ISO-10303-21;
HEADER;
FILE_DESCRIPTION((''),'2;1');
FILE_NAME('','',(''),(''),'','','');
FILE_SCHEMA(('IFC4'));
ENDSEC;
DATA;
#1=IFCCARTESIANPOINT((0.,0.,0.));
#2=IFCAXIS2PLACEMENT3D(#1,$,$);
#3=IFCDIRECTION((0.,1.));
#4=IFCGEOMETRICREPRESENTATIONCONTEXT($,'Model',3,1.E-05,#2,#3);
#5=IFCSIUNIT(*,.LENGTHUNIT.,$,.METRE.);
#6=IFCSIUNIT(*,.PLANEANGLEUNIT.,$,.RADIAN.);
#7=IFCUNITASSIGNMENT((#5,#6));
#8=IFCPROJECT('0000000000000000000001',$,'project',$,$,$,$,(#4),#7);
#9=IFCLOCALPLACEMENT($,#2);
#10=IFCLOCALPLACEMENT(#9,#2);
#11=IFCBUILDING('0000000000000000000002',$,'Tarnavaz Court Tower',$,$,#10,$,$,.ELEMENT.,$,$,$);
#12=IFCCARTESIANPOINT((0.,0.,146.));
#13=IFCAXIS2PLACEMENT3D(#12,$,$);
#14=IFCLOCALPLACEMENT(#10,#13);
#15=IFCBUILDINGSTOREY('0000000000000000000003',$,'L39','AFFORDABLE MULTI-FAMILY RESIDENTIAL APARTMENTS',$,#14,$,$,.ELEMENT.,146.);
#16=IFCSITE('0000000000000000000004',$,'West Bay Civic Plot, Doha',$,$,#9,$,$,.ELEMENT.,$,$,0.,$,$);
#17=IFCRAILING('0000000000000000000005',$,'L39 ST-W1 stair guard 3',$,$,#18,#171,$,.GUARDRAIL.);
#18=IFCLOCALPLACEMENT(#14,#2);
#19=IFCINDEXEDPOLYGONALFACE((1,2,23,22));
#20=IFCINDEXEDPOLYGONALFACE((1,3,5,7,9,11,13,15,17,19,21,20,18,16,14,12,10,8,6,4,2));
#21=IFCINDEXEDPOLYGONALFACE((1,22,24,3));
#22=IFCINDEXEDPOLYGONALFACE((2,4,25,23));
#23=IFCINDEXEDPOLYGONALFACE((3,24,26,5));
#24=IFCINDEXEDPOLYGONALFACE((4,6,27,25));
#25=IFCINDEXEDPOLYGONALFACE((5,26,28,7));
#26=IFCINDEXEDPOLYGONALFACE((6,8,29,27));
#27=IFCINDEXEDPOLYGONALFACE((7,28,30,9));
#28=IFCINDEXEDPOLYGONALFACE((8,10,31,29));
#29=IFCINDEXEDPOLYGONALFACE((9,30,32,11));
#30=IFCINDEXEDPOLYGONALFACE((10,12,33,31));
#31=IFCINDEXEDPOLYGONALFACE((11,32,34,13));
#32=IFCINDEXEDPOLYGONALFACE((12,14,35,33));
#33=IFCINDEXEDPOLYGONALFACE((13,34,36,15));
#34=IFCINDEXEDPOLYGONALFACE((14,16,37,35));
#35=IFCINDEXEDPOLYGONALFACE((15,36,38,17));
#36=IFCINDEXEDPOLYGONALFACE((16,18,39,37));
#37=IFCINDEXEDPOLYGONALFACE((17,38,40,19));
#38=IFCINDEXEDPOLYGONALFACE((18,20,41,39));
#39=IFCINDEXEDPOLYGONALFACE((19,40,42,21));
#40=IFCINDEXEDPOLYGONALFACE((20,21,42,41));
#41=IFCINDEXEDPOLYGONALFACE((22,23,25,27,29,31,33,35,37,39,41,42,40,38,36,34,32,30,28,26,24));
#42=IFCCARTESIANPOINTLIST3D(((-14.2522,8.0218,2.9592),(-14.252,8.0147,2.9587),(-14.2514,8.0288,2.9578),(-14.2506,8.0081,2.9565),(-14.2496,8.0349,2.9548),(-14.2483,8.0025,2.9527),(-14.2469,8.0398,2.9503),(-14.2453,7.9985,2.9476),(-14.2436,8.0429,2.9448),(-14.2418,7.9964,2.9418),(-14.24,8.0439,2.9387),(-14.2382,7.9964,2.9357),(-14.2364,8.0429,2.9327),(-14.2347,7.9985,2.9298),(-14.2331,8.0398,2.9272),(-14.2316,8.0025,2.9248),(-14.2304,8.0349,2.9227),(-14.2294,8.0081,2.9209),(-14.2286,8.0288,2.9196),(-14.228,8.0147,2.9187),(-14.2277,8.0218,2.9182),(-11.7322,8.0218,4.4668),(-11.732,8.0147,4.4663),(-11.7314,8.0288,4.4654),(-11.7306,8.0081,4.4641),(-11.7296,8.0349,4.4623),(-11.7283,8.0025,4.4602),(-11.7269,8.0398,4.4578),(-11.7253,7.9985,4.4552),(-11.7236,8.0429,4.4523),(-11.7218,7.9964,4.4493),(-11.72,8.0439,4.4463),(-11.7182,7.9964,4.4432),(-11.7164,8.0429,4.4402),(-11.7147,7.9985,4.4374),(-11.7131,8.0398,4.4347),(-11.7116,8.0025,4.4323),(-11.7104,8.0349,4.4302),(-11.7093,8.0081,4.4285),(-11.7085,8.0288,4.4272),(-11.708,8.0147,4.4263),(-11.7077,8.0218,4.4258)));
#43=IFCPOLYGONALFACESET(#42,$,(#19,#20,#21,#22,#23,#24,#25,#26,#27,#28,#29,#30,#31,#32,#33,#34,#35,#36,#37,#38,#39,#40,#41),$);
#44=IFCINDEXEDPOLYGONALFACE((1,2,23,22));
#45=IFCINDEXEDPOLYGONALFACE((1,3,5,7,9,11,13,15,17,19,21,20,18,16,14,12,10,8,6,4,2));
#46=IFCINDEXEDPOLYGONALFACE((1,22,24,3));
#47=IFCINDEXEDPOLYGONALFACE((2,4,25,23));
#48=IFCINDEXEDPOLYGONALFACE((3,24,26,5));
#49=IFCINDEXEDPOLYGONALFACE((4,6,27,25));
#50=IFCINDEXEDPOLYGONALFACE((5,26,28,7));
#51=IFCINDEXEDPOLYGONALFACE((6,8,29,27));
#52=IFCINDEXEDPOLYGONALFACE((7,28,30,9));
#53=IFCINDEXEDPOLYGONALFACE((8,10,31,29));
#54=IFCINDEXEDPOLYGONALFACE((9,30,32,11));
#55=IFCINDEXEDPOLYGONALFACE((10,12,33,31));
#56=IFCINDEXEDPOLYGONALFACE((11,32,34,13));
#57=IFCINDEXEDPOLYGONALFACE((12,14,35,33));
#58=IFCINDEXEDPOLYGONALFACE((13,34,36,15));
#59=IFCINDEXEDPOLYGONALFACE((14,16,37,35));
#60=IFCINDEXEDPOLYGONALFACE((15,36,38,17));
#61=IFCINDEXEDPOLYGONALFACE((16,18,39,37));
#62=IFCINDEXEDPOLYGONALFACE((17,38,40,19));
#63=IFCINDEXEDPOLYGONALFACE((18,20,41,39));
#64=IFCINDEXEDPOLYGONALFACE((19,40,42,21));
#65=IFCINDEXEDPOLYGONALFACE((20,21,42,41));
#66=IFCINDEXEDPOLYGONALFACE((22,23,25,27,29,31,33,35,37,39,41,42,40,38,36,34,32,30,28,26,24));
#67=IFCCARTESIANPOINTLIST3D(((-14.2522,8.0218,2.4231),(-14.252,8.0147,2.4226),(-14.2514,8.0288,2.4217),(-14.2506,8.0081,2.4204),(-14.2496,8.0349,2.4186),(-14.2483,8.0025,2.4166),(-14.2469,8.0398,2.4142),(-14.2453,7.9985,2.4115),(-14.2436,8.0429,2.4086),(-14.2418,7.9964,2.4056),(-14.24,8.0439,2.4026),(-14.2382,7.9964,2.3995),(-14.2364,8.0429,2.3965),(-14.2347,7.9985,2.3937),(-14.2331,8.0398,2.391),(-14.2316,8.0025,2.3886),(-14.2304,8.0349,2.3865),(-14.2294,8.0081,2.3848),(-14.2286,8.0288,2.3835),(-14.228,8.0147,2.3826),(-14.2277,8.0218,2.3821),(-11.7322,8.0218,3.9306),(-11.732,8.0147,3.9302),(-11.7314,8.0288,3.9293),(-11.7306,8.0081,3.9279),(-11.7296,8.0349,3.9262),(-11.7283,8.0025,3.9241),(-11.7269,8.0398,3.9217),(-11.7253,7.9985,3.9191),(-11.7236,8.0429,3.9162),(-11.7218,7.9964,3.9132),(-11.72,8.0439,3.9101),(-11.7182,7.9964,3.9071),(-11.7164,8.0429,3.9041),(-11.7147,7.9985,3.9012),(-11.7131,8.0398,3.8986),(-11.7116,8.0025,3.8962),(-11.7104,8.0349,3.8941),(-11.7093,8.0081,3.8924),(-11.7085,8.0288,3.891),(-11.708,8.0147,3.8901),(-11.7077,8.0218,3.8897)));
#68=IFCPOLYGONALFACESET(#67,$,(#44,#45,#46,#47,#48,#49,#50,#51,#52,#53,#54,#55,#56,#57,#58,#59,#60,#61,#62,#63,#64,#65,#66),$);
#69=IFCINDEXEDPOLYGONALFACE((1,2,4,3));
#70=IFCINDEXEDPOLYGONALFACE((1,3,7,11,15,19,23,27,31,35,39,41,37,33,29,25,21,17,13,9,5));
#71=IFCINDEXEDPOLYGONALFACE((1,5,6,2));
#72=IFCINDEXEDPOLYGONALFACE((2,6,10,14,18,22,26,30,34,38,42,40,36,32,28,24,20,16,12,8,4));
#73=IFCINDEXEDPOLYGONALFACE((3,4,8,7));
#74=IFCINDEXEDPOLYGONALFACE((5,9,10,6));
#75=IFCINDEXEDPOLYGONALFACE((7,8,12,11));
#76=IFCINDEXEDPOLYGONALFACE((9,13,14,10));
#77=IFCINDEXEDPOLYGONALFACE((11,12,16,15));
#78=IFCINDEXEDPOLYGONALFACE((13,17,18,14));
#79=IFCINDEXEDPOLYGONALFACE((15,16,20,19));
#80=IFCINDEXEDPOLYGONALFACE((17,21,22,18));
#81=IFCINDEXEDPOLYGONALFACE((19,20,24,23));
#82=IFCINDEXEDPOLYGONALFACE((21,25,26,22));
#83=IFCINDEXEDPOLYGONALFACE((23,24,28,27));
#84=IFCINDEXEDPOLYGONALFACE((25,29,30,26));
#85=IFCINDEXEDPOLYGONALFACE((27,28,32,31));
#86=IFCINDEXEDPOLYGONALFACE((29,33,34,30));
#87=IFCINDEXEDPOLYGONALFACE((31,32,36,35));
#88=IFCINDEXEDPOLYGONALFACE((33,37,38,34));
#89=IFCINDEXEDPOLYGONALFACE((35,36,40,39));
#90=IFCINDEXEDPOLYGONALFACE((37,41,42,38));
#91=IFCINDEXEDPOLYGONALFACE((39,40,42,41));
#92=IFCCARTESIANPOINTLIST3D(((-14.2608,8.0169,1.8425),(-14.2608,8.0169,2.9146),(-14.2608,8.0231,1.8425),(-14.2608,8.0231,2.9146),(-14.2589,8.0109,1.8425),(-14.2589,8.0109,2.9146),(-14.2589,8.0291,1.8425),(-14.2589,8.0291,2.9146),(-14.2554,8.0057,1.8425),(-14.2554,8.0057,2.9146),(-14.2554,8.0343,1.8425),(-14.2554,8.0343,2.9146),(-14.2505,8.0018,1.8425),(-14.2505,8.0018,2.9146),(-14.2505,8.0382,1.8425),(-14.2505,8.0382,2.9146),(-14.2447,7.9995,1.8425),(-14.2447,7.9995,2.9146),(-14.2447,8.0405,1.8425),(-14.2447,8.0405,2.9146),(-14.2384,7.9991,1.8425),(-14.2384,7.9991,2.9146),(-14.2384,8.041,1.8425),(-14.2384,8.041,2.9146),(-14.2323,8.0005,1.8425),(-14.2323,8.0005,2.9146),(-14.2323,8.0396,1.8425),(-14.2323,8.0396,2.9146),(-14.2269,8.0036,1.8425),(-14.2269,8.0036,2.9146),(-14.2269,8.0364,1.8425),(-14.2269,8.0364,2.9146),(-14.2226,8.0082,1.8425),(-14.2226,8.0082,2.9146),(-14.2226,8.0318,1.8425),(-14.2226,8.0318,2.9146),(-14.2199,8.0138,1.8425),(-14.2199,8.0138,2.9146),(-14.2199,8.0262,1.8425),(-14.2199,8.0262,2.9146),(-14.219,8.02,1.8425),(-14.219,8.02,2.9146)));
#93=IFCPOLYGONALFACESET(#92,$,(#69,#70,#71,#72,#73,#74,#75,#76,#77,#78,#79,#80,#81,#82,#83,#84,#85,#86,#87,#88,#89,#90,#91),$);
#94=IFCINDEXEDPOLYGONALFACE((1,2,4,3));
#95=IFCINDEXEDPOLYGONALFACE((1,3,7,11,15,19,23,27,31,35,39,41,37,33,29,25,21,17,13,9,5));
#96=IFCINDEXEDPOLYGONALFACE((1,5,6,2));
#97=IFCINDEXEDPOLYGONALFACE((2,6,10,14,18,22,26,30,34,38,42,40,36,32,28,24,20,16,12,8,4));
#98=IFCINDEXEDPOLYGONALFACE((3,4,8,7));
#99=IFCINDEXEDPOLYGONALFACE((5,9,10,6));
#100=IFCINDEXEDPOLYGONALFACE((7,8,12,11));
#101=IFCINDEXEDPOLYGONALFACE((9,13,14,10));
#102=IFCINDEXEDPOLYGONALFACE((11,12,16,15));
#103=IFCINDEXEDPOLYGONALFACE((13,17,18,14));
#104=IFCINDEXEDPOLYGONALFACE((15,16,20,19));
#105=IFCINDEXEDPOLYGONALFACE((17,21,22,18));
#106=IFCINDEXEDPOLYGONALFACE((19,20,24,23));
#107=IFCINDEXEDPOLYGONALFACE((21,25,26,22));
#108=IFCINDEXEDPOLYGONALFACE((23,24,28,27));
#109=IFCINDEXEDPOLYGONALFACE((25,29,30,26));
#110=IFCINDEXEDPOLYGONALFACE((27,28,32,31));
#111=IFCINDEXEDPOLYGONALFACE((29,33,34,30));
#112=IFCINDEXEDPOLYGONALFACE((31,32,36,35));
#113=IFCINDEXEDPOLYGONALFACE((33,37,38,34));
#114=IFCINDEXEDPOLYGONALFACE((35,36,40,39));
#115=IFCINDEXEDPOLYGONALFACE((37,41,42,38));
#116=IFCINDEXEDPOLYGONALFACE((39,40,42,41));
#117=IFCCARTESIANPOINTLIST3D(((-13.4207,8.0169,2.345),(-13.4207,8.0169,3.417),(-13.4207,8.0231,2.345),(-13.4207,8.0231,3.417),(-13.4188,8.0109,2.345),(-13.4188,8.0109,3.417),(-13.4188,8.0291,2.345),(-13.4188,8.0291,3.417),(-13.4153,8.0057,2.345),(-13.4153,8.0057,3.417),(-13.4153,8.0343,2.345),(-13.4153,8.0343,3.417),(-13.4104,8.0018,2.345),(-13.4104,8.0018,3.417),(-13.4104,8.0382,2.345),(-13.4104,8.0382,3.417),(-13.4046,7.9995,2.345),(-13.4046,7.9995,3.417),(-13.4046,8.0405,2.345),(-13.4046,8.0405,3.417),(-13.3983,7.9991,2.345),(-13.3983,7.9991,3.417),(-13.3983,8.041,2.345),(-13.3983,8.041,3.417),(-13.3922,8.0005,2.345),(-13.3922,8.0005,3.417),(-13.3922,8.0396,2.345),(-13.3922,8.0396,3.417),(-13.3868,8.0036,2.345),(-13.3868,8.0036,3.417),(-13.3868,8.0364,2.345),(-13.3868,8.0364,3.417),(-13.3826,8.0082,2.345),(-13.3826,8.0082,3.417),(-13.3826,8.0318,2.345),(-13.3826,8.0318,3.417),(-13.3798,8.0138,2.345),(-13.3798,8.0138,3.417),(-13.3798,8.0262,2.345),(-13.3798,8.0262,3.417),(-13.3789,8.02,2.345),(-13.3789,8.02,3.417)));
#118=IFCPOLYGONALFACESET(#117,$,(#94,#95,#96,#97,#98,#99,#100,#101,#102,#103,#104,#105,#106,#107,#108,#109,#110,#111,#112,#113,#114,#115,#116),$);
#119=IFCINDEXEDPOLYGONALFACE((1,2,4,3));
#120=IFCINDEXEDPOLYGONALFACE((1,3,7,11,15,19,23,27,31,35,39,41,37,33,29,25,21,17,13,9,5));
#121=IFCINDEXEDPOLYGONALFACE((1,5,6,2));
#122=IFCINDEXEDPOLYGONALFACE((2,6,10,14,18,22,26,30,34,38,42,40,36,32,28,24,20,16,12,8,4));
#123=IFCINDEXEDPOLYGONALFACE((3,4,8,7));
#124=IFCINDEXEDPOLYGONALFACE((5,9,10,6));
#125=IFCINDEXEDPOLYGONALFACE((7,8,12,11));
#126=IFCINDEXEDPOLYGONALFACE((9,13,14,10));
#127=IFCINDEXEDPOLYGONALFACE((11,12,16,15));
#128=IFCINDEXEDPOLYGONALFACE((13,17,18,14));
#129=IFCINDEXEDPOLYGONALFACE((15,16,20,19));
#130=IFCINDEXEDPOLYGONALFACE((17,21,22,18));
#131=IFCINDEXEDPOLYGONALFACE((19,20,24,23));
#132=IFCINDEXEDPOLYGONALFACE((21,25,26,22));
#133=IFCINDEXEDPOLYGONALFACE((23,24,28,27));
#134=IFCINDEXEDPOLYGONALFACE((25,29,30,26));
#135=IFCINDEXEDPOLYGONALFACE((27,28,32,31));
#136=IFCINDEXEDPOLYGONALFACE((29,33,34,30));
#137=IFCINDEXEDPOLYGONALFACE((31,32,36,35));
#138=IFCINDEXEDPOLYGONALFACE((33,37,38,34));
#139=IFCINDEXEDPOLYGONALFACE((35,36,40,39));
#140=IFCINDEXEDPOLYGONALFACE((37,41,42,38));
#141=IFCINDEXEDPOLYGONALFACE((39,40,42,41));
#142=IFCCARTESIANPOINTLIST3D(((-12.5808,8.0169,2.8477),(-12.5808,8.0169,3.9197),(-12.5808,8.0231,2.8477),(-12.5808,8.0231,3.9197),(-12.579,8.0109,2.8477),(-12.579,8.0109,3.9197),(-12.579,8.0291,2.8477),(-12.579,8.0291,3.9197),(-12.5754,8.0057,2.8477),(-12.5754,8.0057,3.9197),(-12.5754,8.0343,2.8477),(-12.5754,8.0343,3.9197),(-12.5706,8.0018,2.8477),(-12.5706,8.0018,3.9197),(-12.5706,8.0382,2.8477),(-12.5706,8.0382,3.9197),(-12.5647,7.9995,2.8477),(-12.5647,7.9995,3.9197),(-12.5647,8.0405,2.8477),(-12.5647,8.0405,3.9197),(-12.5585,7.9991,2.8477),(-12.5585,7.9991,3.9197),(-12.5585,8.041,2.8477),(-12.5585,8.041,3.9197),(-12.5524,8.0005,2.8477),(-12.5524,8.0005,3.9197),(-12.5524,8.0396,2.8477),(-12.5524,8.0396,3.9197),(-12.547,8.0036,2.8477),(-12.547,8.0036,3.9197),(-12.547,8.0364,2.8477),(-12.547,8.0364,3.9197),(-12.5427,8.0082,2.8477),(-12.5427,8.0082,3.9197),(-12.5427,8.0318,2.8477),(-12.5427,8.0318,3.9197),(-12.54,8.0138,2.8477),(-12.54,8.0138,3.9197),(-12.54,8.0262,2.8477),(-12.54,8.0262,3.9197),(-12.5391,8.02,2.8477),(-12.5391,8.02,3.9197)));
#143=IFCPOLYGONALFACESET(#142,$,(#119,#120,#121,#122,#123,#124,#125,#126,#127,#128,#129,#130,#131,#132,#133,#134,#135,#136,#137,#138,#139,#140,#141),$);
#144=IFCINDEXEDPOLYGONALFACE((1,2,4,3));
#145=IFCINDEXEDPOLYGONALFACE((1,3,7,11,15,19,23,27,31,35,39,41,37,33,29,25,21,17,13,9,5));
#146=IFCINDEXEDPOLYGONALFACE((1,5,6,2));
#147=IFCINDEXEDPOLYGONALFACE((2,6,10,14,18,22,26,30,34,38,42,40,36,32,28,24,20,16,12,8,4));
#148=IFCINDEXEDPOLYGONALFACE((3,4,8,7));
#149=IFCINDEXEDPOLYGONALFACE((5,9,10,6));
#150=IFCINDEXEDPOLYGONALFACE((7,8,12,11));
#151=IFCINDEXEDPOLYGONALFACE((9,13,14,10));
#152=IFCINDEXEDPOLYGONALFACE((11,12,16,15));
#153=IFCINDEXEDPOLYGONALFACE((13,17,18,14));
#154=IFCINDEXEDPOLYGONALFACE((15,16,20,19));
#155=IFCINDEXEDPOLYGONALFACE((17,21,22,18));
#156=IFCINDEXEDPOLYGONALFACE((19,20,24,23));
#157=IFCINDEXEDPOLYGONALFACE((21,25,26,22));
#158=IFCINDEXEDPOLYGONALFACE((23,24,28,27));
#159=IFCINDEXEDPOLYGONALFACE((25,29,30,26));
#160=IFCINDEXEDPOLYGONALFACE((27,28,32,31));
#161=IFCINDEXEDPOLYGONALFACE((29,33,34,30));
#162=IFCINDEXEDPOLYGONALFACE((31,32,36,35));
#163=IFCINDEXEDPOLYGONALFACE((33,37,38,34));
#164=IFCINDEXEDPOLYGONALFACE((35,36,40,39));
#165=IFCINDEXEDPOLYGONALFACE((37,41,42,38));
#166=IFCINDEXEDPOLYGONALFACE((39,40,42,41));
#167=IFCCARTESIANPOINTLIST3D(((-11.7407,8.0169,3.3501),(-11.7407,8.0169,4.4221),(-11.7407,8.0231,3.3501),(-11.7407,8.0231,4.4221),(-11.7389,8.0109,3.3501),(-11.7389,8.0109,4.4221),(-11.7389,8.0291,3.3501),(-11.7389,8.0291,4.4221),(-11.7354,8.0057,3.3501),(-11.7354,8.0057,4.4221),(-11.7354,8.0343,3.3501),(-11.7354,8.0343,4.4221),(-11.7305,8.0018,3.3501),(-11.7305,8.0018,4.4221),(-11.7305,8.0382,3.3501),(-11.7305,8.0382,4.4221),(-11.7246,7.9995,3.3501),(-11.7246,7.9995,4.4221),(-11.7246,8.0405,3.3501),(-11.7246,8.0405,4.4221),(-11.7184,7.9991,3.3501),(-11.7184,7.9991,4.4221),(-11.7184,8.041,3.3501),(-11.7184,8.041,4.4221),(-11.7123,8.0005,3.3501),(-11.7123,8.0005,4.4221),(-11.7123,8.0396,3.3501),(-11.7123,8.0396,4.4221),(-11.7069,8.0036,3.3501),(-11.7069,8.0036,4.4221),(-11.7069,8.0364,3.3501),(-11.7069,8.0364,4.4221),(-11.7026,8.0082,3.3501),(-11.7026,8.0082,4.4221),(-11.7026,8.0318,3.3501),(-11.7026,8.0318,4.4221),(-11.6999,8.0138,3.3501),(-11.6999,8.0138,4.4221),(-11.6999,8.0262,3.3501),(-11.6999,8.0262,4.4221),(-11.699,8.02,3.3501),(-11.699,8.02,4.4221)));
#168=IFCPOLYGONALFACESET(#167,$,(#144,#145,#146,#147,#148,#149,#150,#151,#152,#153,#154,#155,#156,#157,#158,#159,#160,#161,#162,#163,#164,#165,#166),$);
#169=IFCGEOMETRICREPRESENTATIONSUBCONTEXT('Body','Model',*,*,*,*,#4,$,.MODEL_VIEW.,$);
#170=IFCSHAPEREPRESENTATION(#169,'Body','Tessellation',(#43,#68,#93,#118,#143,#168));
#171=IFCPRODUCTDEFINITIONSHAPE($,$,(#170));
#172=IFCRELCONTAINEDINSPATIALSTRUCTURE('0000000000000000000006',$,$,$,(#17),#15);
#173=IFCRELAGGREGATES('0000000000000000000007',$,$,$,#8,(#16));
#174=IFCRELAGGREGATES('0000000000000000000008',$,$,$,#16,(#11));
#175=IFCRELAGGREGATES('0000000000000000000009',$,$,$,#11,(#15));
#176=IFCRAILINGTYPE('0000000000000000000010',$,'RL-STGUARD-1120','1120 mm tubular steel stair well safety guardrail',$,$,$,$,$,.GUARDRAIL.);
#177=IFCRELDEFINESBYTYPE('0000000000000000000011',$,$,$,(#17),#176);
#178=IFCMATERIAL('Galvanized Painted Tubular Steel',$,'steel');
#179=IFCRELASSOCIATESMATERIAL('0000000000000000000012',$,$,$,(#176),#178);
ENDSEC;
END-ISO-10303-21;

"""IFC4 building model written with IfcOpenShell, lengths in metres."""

from ifc_helpers import new_model, si_unit, direction, frame, origin, origin_2d, place, context, subcontext, project, spatial, circle, extrude, material, type_object, element, save


model = new_model("IFC4")

# Units and contexts
model_context = context("Model", 3, precision=1e-05, world=origin(), true_north=direction((0.0, 1.0)))
body_context = subcontext(model_context, "Body", "Model", "MODEL_VIEW")
ifc_project = project(units=[si_unit("LENGTHUNIT", "METRE"), si_unit("PLANEANGLEUNIT", "RADIAN")], contexts=[model_context])

# Site, building, storey
site_placement = place(None, origin())
site = spatial("IfcSite", under=ifc_project, at=site_placement, Name="West Bay Civic Plot, Doha", CompositionType="ELEMENT", RefElevation=0.0)
building_placement = place(site_placement, origin())
building = spatial("IfcBuilding", under=site, at=building_placement, Name="Tarnavaz Court Tower", CompositionType="ELEMENT")
storey_placement = place(building_placement, frame((0.0, 0.0, 146.0)))
storey = spatial("IfcBuildingStorey", under=building, at=storey_placement, Name="L39", Description="AFFORDABLE MULTI-FAMILY RESIDENTIAL APARTMENTS", CompositionType="ELEMENT", Elevation=146.0)

# Railing
ifc_material_1 = material(Name="Galvanized Painted Tubular Steel", Category="steel")
railing_type_1 = type_object("IfcRailingType", Name="RL-STGUARD-1120", Description="1120 mm tubular steel stair well safety guardrail", PredefinedType="GUARDRAIL", material=ifc_material_1)
railing_1_placement = place(storey_placement, frame((-14.24, 8.02, 1.8425)))
element("IfcRailing", 1, at=railing_1_placement, inside=storey, type_object=railing_type_1, Name="L39 ST-W1 stair guard 3", PredefinedType="GUARDRAIL", context=body_context, shape_type="SweptSolid", body=[
    extrude(circle(Radius=0.0239, at=origin_2d()), frame((0.0, 0.0, 1.0962), z_axis=(0.85816, 0.0, 0.513383), x_axis=(0.0, 1.0, 0.0)), (0.0, 0.0, 1.0), 2.9365),
    extrude(circle(Radius=0.0239, at=origin_2d()), frame((0.0, 0.0, 0.5601), z_axis=(0.85816, 0.0, 0.513383), x_axis=(0.0, 1.0, 0.0)), (0.0, 0.0, 1.0), 2.9365),
    extrude(circle(Radius=0.021, at=origin_2d()), origin(), (0.0, 0.0, 1.0), 1.072),
    extrude(circle(Radius=0.021, at=origin_2d()), frame((0.8401, 0.0, 0.5024)), (0.0, 0.0, 1.0), 1.072),
    extrude(circle(Radius=0.021, at=origin_2d()), frame((1.6799, 0.0, 1.0051)), (0.0, 0.0, 1.0), 1.072),
    extrude(circle(Radius=0.021, at=origin_2d()), frame((2.52, 0.0, 1.5076)), (0.0, 0.0, 1.0), 1.072),
])

save(model, "model.ifc")
